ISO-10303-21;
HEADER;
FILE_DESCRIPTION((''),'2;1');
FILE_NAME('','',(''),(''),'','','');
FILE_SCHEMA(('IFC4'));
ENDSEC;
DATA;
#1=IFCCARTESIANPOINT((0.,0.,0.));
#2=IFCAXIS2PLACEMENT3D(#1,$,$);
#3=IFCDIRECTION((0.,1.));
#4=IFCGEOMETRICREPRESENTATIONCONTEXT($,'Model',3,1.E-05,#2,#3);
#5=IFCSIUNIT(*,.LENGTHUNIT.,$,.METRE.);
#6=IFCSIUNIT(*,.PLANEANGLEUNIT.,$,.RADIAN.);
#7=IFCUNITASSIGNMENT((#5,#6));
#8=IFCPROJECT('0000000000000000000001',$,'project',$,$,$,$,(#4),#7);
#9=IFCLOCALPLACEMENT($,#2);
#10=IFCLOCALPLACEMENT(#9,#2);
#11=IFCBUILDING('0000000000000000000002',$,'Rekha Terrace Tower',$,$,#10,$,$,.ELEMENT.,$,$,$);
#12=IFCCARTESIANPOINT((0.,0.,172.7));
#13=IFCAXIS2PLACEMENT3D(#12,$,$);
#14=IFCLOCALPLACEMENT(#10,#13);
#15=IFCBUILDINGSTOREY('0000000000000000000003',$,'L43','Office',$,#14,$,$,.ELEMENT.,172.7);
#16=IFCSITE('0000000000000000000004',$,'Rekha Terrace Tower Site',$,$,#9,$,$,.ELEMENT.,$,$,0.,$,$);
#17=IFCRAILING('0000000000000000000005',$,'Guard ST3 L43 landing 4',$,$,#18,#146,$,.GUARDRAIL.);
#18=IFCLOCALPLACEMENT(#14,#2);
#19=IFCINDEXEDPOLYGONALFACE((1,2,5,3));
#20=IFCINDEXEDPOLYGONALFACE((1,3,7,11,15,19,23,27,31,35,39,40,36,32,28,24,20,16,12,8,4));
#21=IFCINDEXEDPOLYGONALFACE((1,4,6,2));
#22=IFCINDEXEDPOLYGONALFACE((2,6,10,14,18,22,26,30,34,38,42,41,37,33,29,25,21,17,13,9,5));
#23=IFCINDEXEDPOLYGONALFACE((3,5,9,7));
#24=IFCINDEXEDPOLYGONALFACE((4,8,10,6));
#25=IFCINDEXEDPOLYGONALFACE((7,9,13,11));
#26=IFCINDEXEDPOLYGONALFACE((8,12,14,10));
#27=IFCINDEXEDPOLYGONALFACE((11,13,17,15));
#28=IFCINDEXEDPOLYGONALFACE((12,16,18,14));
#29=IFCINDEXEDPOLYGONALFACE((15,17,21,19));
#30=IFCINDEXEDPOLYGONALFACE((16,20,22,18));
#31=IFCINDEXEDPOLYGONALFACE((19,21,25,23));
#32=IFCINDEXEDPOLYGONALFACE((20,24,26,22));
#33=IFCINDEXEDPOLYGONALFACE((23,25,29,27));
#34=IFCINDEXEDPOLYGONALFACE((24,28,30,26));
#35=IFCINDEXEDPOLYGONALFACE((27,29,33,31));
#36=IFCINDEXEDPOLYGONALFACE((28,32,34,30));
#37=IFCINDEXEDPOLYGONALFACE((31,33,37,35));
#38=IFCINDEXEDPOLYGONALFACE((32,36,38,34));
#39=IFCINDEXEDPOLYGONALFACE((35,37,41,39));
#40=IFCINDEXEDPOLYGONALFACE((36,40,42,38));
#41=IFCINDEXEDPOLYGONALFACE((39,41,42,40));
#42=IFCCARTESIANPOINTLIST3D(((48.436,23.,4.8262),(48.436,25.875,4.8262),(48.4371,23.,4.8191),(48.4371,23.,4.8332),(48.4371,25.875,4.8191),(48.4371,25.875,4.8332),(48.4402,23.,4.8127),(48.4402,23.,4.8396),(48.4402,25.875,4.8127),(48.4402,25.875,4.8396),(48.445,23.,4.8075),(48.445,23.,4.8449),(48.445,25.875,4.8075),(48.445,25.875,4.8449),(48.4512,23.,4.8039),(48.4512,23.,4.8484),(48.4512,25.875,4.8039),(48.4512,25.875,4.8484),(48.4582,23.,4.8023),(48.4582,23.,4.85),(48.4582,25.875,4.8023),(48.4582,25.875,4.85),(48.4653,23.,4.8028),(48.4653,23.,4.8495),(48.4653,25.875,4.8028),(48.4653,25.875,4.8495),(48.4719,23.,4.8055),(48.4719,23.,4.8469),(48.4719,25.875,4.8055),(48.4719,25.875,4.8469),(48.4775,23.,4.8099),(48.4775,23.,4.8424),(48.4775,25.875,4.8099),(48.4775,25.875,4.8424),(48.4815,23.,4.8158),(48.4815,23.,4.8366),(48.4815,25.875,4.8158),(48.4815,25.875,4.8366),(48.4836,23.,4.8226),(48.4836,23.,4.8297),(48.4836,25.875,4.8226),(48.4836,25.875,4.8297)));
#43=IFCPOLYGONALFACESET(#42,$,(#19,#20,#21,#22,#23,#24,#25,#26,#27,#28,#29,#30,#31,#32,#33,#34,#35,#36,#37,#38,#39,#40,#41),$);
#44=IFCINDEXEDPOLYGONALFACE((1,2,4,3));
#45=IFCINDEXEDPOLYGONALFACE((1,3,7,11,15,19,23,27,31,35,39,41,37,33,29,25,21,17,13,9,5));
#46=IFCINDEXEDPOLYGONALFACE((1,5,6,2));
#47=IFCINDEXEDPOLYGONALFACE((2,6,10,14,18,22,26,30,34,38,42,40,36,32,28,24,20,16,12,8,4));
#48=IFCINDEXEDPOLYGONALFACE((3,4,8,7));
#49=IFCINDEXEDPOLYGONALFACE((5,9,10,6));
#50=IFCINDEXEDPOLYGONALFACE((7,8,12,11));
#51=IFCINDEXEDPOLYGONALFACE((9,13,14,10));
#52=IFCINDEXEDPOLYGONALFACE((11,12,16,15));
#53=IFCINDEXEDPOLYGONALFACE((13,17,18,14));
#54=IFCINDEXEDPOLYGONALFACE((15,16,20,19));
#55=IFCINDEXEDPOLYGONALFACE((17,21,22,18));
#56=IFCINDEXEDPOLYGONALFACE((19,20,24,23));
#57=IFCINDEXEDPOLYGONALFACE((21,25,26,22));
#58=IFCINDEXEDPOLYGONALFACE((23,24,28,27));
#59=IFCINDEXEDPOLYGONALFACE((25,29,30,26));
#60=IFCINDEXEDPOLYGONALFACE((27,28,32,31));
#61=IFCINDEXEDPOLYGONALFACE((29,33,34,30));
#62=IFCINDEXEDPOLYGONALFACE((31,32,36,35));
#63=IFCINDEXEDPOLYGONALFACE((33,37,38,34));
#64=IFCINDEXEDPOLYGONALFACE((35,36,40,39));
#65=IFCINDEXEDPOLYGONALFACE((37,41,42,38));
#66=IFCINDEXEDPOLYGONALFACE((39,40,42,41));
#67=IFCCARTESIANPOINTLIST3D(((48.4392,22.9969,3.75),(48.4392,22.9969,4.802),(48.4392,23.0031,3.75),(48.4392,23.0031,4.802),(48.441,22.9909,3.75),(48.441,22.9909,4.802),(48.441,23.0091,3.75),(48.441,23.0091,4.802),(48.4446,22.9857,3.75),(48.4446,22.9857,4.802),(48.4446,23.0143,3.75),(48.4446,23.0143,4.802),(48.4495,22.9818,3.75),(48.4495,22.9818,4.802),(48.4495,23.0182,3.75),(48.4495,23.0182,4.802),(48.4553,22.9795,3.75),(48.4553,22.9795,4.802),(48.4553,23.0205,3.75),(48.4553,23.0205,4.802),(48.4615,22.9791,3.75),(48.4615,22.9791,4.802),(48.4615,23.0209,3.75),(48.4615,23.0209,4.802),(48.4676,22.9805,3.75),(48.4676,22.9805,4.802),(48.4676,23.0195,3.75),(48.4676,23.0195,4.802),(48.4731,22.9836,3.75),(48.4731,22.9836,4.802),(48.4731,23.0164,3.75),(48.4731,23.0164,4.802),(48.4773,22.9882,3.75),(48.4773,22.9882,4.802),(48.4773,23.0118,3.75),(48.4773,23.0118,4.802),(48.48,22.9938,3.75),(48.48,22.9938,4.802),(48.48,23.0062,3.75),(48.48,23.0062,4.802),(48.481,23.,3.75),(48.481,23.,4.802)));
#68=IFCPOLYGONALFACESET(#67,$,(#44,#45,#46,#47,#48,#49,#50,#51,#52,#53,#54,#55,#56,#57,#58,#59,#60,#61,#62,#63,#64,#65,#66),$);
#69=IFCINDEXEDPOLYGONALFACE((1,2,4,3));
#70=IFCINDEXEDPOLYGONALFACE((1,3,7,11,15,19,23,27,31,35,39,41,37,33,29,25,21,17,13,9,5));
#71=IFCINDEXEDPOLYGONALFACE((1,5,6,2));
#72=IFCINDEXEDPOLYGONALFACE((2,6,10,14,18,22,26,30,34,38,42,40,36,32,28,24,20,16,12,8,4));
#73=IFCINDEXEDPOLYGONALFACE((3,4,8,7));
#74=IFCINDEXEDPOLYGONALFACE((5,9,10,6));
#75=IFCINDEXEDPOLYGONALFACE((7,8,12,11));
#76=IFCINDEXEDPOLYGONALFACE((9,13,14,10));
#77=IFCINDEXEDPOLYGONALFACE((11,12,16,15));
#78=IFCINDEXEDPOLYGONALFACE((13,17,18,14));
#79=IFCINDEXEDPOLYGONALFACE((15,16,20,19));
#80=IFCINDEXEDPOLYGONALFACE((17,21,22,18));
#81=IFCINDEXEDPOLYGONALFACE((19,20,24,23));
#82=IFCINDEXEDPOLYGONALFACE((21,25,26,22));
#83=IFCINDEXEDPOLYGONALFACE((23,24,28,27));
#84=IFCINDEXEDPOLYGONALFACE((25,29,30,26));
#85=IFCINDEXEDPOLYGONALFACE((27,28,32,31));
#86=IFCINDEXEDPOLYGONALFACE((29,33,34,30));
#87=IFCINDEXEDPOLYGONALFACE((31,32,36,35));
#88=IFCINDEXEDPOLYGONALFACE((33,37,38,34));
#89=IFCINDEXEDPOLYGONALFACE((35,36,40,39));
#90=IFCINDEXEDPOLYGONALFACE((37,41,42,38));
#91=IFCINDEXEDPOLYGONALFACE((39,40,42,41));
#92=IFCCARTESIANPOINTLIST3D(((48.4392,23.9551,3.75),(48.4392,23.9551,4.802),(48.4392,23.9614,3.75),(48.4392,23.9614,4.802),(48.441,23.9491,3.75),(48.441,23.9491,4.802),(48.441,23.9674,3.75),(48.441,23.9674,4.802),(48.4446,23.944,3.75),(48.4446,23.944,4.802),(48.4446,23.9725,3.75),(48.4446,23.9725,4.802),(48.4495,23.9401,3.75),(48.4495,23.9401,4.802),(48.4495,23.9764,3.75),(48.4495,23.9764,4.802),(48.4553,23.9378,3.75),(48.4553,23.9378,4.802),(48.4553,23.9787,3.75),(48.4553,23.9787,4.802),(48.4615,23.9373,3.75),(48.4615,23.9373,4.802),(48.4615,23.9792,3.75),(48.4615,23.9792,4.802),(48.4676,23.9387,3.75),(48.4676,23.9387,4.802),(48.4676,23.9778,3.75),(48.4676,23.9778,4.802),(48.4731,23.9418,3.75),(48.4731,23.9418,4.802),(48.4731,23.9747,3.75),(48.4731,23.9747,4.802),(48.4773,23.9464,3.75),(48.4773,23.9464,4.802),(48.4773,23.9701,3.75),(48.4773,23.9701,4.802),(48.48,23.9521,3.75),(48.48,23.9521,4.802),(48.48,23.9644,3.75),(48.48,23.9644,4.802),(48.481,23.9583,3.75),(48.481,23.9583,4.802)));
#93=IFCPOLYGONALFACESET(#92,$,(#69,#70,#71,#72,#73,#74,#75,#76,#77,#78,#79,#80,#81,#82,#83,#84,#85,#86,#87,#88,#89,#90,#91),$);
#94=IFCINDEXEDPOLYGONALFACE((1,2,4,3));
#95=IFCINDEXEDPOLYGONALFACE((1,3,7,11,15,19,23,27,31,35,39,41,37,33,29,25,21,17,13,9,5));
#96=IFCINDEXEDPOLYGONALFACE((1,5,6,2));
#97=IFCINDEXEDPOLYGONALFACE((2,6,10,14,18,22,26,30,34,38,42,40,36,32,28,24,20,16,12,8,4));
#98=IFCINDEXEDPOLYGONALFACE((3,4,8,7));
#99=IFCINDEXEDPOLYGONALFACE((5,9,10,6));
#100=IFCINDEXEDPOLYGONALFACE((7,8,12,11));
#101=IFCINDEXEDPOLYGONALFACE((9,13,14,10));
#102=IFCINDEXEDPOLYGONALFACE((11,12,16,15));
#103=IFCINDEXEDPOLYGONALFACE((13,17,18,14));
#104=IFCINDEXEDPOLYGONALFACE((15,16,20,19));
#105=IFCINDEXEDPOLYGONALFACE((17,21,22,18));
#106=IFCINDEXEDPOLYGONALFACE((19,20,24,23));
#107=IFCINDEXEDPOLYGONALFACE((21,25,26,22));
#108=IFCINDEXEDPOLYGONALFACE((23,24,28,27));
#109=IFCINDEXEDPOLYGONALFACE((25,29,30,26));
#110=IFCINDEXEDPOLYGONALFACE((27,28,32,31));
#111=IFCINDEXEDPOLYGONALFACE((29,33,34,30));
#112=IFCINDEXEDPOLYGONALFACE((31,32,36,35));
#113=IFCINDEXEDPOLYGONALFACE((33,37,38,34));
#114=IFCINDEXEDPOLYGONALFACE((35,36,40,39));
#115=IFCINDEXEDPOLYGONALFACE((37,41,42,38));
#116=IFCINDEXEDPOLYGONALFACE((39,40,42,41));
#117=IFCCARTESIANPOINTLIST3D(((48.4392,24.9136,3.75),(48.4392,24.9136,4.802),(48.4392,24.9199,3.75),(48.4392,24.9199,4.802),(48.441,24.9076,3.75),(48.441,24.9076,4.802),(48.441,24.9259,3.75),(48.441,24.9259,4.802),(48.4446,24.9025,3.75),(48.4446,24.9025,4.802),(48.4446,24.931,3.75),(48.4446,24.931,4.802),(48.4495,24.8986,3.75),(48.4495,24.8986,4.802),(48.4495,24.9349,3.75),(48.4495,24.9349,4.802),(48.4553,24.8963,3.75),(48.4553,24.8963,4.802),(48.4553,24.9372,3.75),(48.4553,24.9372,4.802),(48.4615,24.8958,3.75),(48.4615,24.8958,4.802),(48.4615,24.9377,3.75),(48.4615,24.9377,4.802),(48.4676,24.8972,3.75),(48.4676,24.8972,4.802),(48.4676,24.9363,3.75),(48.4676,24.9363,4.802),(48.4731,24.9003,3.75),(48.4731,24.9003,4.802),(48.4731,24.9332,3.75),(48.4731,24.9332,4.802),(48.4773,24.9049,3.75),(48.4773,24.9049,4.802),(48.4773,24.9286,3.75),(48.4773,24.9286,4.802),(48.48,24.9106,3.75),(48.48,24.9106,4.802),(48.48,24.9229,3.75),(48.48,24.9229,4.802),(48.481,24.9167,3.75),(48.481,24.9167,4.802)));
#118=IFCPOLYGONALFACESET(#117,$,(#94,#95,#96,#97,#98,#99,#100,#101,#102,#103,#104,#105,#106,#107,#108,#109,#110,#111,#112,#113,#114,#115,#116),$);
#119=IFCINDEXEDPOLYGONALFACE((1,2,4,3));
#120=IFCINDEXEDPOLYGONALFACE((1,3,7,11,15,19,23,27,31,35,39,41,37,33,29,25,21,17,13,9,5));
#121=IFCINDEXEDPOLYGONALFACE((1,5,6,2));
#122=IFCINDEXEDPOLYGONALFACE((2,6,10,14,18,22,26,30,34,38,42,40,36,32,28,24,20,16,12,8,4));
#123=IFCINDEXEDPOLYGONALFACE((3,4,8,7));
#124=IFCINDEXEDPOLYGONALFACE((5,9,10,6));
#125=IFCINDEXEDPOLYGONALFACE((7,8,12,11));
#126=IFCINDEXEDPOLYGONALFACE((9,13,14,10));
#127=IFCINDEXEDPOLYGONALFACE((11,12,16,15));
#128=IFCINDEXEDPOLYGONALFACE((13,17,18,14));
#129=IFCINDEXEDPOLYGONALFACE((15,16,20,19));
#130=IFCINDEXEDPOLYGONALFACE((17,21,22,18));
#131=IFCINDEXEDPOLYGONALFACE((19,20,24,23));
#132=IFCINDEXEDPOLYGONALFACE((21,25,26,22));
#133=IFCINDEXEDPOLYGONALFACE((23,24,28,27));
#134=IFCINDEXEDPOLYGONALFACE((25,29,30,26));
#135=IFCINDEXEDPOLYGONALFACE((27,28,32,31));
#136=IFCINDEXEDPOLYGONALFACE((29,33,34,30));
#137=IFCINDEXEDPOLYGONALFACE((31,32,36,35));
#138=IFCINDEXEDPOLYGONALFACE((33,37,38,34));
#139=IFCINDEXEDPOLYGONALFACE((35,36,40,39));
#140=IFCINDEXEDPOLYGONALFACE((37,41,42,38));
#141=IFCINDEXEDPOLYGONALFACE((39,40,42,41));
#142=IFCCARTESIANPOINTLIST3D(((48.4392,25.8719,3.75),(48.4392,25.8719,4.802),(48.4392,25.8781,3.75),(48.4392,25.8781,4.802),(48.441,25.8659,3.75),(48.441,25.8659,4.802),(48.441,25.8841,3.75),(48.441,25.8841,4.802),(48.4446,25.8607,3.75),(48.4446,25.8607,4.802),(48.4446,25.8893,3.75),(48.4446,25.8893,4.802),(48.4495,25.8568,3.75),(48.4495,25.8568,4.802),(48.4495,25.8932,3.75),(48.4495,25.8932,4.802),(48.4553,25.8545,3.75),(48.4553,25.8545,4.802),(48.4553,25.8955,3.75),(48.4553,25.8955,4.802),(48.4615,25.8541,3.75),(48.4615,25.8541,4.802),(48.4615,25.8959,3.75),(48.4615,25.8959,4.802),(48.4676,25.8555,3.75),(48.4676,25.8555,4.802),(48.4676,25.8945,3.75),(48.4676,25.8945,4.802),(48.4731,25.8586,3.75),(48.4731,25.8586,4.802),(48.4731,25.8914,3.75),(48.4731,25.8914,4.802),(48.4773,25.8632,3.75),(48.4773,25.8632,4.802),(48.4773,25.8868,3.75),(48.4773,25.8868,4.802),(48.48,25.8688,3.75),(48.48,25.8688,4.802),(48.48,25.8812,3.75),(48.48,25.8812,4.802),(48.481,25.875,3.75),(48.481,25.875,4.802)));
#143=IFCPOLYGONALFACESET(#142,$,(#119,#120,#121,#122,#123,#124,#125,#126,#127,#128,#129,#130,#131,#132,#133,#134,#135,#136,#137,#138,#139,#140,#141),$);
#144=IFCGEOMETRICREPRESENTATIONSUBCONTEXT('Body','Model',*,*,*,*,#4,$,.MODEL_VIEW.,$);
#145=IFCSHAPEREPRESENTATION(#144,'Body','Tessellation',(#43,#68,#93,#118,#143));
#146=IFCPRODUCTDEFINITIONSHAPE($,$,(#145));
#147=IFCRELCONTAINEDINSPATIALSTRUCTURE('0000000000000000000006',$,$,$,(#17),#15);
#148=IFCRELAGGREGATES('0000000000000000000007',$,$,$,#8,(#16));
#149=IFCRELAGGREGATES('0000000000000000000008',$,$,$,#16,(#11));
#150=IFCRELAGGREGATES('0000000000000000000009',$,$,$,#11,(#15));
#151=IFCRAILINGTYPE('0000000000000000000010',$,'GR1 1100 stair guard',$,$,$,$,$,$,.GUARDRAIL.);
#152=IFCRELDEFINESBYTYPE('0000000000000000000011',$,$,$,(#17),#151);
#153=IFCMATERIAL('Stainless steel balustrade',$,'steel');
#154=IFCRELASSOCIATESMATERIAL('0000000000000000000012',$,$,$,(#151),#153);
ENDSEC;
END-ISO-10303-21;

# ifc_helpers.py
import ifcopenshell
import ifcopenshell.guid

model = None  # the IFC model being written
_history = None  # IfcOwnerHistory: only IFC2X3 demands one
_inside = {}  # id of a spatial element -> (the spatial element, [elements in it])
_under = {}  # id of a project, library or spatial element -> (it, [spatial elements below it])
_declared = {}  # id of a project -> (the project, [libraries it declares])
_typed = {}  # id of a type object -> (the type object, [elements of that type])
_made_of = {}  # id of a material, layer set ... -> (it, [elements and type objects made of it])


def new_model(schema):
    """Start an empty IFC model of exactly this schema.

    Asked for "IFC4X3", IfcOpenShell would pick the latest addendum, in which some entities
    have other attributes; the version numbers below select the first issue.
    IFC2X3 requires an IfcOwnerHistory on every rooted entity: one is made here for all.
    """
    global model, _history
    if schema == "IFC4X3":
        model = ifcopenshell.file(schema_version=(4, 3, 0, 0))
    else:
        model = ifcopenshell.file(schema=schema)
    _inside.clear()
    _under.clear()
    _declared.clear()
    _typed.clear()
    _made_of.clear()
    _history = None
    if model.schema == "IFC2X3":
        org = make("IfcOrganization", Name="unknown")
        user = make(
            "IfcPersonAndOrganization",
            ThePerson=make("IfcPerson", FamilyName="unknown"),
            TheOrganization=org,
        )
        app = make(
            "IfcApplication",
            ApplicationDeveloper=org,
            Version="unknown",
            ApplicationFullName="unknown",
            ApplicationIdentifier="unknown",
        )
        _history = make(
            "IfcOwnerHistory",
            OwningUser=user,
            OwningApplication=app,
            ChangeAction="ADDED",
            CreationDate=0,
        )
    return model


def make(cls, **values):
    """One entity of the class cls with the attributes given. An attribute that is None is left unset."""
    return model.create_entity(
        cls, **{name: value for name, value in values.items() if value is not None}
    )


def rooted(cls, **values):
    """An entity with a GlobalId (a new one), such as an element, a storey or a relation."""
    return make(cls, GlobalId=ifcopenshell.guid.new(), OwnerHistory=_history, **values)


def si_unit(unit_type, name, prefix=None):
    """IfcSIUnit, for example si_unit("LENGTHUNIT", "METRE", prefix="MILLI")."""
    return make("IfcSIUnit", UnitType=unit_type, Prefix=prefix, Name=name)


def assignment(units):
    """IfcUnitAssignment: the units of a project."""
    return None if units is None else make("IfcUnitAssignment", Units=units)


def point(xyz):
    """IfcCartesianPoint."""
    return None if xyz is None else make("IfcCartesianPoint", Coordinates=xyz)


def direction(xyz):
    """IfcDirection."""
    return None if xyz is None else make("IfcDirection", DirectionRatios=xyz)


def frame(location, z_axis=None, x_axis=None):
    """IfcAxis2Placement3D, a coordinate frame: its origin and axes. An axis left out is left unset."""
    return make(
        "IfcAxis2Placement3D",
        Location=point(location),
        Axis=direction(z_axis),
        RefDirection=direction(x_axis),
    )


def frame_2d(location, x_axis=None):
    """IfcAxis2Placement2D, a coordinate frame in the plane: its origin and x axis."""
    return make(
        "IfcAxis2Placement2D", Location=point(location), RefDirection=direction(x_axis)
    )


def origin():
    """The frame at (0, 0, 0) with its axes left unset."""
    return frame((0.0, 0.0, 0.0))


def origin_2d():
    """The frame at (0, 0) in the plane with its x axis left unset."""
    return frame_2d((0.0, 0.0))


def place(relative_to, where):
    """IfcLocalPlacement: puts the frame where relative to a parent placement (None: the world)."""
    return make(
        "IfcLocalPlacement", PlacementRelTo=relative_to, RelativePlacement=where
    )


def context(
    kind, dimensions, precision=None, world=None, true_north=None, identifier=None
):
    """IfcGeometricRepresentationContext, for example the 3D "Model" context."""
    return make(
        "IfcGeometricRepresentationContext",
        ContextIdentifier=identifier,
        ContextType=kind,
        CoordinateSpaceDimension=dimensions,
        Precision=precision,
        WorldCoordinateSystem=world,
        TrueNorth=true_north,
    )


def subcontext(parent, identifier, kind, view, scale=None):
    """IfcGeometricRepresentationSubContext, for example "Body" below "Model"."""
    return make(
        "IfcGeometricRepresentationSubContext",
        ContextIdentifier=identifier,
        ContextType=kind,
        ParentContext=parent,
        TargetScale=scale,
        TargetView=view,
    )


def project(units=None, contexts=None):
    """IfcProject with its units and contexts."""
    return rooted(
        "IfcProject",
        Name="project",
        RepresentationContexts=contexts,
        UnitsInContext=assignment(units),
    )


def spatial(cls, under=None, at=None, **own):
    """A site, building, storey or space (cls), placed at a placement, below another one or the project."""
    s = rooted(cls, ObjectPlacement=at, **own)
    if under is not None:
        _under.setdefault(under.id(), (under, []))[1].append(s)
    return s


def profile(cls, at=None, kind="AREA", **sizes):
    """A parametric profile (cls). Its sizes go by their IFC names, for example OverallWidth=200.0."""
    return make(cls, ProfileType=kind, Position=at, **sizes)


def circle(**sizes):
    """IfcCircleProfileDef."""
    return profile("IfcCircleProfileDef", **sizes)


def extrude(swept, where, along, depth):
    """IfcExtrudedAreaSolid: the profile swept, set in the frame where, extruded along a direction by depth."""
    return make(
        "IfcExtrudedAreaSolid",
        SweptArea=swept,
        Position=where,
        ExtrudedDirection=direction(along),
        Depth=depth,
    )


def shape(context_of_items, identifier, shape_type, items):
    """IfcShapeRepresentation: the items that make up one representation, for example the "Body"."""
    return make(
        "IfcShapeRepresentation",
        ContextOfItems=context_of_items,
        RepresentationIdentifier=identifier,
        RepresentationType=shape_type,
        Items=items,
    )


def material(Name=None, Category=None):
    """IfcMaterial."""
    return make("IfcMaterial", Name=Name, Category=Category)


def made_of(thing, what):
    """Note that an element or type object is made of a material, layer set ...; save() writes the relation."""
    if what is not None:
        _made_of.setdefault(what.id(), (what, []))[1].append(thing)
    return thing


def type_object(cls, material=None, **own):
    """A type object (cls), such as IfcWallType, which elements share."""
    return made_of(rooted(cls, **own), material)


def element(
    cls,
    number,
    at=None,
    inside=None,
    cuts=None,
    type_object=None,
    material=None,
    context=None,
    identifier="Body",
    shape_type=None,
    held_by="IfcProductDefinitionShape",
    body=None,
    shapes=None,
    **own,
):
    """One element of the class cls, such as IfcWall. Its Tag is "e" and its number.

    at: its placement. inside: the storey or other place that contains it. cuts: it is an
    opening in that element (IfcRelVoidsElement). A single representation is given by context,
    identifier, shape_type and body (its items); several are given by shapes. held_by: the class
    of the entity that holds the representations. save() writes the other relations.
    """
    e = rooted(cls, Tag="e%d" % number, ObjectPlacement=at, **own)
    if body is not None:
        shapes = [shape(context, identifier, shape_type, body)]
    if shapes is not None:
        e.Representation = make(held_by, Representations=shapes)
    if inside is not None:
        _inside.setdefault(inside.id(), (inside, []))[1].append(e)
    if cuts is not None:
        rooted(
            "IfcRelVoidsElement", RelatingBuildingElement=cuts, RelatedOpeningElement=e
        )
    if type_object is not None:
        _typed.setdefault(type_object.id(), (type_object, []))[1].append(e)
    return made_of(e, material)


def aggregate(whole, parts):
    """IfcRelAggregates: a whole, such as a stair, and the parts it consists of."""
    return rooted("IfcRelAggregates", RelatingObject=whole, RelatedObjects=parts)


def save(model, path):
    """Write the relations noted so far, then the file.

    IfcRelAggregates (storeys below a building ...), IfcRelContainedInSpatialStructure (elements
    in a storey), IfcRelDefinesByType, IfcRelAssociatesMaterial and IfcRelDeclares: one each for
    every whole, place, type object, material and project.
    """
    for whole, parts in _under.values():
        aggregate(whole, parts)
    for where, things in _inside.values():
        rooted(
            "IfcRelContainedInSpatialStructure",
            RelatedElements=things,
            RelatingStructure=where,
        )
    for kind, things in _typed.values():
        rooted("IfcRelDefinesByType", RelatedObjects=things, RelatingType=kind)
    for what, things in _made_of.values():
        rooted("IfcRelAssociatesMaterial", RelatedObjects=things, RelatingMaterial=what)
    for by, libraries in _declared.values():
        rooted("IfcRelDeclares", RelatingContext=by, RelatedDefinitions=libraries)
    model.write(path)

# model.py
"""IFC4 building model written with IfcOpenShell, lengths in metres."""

from ifc_helpers import new_model, si_unit, direction, frame, origin, origin_2d, place, context, subcontext, project, spatial, circle, extrude, material, type_object, element, save


model = new_model("IFC4")

# Units and contexts
model_context = context("Model", 3, precision=1e-05, world=origin(), true_north=direction((0.0, 1.0)))
body_context = subcontext(model_context, "Body", "Model", "MODEL_VIEW")
ifc_project = project(units=[si_unit("LENGTHUNIT", "METRE"), si_unit("PLANEANGLEUNIT", "RADIAN")], contexts=[model_context])

# Site, building, storey
site_placement = place(None, origin())
site = spatial("IfcSite", under=ifc_project, at=site_placement, Name="Rekha Terrace Tower Site", CompositionType="ELEMENT", RefElevation=0.0)
building_placement = place(site_placement, origin())
building = spatial("IfcBuilding", under=site, at=building_placement, Name="Rekha Terrace Tower", CompositionType="ELEMENT")
storey_placement = place(building_placement, frame((0.0, 0.0, 172.7)))
storey = spatial("IfcBuildingStorey", under=building, at=storey_placement, Name="L43", Description="Office", CompositionType="ELEMENT", Elevation=172.7)

# Railing
ifc_material_1 = material(Name="Stainless steel balustrade", Category="steel")
railing_type_1 = type_object("IfcRailingType", Name="GR1 1100 stair guard", PredefinedType="GUARDRAIL", material=ifc_material_1)
railing_1_placement = place(storey_placement, frame((48.46, 23.0, 3.75)))
element("IfcRailing", 1, at=railing_1_placement, inside=storey, type_object=railing_type_1, Name="Guard ST3 L43 landing 4", PredefinedType="GUARDRAIL", context=body_context, shape_type="SweptSolid", body=[
    extrude(circle(Radius=0.0239, at=origin_2d()), frame((0.0, 0.0, 1.0762), z_axis=(0.0, 1.0, 0.0), x_axis=(-1.0, 0.0, 0.0)), (0.0, 0.0, 1.0), 2.875),
    extrude(circle(Radius=0.021, at=origin_2d()), origin(), (0.0, 0.0, 1.0), 1.052),
    extrude(circle(Radius=0.021, at=origin_2d()), frame((0.0, 0.9583, 0.0)), (0.0, 0.0, 1.0), 1.052),
    extrude(circle(Radius=0.021, at=origin_2d()), frame((0.0, 1.9167, 0.0)), (0.0, 0.0, 1.0), 1.052),
    extrude(circle(Radius=0.021, at=origin_2d()), frame((0.0, 2.875, 0.0)), (0.0, 0.0, 1.0), 1.052),
])

save(model, "model.ifc")
